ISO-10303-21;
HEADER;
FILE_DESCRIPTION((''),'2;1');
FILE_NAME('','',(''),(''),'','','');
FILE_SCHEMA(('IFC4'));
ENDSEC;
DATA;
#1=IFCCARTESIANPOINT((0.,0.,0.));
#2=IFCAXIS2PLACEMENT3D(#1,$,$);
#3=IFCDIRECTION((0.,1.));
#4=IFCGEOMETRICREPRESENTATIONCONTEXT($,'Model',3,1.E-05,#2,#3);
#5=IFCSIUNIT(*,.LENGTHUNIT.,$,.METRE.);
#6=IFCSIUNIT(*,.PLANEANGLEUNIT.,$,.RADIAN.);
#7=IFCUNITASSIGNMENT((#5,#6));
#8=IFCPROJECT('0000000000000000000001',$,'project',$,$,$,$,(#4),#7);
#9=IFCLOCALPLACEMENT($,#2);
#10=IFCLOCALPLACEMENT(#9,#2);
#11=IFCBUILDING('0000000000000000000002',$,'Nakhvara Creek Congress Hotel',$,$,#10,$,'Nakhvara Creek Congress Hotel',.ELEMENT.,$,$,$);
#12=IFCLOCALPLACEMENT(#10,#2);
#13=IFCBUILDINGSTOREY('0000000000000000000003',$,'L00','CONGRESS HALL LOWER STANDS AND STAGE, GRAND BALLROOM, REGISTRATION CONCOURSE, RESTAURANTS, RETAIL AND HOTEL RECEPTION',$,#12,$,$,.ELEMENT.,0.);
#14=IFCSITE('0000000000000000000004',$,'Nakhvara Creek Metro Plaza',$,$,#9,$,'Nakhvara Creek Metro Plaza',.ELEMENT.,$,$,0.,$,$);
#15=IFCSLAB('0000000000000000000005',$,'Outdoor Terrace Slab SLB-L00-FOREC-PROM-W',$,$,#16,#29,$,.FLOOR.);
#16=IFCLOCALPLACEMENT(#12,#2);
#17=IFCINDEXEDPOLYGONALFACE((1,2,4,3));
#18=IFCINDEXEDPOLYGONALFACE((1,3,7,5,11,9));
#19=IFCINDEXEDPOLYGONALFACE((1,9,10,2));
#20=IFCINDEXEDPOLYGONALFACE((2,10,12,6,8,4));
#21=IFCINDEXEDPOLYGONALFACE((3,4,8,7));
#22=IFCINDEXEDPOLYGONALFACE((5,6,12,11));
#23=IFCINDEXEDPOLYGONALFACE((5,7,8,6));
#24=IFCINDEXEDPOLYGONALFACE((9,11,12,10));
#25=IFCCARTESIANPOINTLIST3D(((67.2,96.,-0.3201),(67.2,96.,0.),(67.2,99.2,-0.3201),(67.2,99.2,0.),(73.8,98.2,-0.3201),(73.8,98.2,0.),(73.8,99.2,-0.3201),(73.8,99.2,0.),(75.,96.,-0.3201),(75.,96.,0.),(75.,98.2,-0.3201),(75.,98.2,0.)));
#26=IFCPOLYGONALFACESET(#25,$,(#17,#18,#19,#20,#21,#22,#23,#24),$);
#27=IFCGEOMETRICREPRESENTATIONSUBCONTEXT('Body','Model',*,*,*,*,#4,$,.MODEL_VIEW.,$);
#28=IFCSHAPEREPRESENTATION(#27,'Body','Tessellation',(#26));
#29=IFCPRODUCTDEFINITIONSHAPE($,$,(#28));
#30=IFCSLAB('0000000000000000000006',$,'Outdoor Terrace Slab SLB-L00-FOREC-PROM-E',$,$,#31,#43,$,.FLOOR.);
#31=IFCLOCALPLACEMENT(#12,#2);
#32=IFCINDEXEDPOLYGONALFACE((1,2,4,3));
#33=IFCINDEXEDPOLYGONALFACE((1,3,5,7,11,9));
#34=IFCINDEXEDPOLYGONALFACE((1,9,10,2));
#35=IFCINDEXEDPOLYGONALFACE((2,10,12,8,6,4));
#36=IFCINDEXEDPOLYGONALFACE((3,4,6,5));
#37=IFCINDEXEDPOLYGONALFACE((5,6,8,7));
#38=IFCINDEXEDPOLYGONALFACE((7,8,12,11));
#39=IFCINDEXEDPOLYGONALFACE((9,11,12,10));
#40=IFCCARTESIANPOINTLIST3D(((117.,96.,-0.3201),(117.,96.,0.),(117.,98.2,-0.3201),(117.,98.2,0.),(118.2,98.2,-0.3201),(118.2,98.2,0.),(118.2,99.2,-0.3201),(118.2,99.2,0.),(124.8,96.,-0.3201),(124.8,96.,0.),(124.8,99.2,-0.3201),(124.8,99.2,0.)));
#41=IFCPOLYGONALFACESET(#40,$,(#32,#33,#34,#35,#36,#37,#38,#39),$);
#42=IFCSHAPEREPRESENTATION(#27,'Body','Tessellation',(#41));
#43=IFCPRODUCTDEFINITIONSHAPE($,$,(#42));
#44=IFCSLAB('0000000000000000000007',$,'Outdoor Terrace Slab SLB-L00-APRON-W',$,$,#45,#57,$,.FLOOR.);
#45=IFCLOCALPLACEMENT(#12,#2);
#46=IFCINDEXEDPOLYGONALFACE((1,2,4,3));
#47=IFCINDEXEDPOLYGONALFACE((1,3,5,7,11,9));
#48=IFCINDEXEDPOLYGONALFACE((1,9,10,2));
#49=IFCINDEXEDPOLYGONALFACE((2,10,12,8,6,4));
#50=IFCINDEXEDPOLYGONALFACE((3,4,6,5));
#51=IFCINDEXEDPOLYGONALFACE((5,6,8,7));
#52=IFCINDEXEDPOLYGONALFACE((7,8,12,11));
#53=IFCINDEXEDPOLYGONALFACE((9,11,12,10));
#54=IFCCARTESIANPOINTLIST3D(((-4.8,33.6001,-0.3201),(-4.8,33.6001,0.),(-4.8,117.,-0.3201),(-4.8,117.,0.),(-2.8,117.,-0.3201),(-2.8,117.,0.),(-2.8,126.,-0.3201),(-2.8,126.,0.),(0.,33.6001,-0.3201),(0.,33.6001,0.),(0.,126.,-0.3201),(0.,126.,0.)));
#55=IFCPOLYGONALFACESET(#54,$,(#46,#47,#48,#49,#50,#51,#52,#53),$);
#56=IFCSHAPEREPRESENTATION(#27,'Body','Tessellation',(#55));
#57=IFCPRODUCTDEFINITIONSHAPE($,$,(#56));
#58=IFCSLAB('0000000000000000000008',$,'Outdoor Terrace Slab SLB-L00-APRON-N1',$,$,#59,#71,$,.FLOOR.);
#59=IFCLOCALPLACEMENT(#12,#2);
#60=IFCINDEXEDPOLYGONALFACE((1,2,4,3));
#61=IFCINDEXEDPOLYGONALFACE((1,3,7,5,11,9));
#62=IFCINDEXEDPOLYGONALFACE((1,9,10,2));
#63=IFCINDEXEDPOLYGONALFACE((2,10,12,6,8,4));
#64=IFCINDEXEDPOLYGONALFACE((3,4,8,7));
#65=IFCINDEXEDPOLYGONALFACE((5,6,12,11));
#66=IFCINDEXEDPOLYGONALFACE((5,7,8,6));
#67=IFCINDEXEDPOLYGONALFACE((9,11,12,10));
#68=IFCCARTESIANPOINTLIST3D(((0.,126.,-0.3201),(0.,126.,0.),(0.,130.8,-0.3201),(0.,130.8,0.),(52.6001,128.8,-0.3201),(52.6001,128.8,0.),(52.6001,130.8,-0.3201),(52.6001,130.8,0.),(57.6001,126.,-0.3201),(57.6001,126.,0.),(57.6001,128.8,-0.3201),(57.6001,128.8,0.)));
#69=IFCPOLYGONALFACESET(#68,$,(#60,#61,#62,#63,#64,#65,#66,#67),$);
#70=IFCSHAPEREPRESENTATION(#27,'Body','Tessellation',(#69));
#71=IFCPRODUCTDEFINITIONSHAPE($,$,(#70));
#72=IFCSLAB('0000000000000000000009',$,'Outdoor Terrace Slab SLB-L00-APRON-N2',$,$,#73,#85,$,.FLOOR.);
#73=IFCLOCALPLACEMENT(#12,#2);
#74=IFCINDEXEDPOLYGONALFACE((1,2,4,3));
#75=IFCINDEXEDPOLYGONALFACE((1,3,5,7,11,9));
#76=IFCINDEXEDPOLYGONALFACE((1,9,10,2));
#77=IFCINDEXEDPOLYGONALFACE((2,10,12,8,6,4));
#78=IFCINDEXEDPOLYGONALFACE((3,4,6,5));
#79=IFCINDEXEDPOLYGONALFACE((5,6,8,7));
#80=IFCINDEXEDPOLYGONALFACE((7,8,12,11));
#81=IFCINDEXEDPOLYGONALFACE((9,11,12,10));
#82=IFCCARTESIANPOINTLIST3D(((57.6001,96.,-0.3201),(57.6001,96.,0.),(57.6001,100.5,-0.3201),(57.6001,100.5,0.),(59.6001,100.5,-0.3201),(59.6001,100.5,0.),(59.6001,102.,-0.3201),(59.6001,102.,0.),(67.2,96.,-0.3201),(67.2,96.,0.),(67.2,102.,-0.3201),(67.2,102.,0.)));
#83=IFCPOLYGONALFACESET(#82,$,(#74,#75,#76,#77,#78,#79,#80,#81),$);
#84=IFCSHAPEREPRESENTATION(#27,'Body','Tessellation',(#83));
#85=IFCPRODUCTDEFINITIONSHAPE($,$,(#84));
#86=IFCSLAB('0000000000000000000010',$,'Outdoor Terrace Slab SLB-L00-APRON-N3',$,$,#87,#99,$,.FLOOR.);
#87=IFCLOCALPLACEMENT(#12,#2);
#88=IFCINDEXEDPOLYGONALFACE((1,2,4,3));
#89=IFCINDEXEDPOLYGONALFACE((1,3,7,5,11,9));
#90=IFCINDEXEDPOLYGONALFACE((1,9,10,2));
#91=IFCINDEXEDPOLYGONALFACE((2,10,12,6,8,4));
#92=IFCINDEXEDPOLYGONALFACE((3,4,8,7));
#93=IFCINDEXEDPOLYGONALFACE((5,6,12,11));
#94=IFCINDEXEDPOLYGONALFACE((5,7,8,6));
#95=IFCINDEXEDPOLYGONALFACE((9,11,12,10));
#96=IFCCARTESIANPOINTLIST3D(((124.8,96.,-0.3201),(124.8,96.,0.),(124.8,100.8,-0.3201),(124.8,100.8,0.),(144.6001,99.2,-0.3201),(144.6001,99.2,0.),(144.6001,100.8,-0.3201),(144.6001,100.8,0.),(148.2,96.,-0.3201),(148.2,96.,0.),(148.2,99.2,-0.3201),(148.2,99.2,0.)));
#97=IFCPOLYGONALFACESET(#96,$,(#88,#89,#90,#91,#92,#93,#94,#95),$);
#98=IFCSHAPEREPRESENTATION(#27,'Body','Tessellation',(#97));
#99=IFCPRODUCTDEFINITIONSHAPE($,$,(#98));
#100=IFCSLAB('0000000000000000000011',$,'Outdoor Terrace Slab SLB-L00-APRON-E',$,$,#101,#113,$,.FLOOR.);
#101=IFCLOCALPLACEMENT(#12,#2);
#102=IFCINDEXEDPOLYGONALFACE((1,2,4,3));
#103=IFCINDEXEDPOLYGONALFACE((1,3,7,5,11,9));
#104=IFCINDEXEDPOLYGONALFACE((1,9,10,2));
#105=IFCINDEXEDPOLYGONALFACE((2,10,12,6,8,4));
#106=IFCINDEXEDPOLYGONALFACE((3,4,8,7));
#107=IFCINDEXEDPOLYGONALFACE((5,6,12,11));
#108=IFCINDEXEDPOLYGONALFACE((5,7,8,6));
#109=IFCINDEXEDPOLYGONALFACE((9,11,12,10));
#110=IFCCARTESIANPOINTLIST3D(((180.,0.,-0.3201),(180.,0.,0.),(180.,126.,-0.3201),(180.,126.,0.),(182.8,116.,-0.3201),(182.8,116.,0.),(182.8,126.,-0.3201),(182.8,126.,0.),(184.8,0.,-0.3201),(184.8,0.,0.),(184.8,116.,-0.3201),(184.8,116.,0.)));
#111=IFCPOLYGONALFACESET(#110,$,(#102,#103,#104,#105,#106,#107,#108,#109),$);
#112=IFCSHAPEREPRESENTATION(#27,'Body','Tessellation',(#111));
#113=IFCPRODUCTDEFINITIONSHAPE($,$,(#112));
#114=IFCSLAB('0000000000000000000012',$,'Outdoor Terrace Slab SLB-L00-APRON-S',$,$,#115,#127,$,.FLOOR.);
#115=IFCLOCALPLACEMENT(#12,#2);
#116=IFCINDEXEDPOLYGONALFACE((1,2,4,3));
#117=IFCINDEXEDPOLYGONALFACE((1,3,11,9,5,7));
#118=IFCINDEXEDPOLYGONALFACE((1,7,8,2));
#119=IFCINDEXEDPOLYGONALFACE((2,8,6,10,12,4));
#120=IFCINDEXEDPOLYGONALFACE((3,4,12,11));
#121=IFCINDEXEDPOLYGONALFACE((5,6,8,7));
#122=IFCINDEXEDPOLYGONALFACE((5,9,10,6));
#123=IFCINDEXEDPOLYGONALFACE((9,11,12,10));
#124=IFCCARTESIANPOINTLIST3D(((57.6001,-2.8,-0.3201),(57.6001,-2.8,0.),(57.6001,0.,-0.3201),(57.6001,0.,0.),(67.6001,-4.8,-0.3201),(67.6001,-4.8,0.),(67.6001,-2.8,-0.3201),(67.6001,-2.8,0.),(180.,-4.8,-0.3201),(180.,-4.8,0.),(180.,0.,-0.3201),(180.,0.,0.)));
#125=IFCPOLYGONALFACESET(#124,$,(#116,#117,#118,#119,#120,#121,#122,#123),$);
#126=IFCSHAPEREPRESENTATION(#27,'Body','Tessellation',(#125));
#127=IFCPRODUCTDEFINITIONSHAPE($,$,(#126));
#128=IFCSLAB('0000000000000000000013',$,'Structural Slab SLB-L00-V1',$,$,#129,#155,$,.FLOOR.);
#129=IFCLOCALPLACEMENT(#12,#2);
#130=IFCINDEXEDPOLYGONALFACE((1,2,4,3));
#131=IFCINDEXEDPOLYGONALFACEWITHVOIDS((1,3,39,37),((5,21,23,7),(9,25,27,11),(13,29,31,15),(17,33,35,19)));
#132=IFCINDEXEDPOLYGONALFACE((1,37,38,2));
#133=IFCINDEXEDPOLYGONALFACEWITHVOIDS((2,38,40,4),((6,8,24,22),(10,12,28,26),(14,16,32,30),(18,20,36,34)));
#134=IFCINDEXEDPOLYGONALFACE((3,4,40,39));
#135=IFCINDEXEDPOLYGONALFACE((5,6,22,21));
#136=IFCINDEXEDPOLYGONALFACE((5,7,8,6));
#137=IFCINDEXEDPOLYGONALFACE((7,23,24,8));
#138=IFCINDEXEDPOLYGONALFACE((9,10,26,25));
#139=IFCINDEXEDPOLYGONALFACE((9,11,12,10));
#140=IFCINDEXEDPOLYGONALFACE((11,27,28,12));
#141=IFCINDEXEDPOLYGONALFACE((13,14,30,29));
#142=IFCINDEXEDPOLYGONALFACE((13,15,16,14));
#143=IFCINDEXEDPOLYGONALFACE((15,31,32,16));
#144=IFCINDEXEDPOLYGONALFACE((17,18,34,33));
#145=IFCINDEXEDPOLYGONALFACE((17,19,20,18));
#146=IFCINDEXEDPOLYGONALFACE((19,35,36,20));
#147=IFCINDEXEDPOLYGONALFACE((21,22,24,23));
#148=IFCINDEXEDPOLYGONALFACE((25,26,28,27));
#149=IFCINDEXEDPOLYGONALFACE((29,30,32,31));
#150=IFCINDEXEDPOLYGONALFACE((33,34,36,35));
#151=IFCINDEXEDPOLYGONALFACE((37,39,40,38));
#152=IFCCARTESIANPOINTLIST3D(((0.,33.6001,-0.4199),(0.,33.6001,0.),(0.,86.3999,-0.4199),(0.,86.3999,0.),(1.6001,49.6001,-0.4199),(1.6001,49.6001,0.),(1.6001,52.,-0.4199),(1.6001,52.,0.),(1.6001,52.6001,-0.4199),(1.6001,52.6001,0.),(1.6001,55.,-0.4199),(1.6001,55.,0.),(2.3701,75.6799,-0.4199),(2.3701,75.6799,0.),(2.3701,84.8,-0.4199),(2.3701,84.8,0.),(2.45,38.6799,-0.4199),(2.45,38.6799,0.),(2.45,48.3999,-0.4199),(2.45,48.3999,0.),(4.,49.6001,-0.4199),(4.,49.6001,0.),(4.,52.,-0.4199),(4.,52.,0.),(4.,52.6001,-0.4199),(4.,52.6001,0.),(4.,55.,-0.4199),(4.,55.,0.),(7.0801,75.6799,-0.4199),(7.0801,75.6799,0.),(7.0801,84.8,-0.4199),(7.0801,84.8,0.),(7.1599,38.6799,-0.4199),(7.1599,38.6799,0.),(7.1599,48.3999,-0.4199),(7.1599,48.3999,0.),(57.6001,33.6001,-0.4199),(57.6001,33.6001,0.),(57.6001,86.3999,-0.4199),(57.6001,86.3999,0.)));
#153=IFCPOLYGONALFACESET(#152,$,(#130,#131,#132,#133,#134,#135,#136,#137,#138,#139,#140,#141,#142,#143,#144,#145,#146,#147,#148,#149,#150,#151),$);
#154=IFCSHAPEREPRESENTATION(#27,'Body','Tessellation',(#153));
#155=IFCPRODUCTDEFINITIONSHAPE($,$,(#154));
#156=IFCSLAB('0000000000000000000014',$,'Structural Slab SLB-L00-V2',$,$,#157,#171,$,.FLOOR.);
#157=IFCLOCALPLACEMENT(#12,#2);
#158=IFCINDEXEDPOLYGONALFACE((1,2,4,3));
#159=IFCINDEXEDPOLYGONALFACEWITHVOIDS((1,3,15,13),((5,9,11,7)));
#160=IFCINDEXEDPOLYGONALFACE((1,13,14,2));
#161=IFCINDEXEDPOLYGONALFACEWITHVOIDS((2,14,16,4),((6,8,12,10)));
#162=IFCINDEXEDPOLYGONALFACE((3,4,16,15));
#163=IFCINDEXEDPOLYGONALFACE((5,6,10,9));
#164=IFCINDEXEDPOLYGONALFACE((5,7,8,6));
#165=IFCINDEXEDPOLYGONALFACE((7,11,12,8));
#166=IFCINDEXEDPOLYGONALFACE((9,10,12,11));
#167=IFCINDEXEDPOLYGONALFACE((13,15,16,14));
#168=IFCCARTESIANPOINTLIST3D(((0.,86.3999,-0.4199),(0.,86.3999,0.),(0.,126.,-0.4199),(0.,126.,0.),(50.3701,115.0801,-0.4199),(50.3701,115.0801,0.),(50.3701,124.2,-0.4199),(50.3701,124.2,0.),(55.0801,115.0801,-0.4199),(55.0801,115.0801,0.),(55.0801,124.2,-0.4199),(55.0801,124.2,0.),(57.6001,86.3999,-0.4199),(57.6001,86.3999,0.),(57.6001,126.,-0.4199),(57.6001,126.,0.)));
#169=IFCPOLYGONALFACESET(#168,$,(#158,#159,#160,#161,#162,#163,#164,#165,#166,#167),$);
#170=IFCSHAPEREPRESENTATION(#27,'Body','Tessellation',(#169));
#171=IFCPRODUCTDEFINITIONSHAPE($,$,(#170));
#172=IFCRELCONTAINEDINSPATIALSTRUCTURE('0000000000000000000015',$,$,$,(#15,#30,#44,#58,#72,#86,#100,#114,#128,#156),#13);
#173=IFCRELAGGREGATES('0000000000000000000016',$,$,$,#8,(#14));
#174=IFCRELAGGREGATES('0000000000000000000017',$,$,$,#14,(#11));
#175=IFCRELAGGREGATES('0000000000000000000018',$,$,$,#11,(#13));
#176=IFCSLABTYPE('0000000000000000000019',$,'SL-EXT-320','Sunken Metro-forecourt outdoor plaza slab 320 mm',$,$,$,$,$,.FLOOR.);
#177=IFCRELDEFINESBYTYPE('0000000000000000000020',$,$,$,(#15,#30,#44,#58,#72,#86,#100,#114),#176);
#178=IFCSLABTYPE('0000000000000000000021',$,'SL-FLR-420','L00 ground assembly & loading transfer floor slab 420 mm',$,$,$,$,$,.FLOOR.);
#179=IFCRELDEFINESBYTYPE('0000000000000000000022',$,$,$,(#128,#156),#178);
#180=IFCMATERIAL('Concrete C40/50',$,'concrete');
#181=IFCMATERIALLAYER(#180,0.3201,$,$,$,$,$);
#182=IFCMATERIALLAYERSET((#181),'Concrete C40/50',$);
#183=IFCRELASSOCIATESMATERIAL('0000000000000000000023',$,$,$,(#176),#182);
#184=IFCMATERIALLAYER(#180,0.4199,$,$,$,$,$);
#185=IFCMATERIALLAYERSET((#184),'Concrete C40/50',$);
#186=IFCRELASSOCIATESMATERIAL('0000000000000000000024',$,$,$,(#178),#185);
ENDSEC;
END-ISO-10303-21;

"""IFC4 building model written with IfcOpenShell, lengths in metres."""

from ifc_helpers import new_model, si_unit, direction, frame, origin, place, context, subcontext, project, spatial, polyline, outline, extrude, material, layer, layer_set, type_object, element, save


model = new_model("IFC4")

# Units and contexts
model_context = context("Model", 3, precision=1e-05, world=origin(), true_north=direction((0.0, 1.0)))
body_context = subcontext(model_context, "Body", "Model", "MODEL_VIEW")
ifc_project = project(units=[si_unit("LENGTHUNIT", "METRE"), si_unit("PLANEANGLEUNIT", "RADIAN")], contexts=[model_context])

# Site, building, storey
site_placement = place(None, origin())
site = spatial("IfcSite", under=ifc_project, at=site_placement, Name="Nakhvara Creek Metro Plaza", LongName="Nakhvara Creek Metro Plaza", CompositionType="ELEMENT", RefElevation=0.0)
building_placement = place(site_placement, origin())
building = spatial("IfcBuilding", under=site, at=building_placement, Name="Nakhvara Creek Congress Hotel", LongName="Nakhvara Creek Congress Hotel", CompositionType="ELEMENT")
storey_placement = place(building_placement, origin())
storey = spatial("IfcBuildingStorey", under=building, at=storey_placement, Name="L00", Description="CONGRESS HALL LOWER STANDS AND STAGE, GRAND BALLROOM, REGISTRATION CONCOURSE, RESTAURANTS, RETAIL AND HOTEL RECEPTION", CompositionType="ELEMENT", Elevation=0.0)

# Slabs
ifc_material_1 = material(Name="Concrete C40/50", Category="concrete")
ifc_layer_1 = layer(ifc_material_1, 0.3201)
ifc_layer_set_1 = layer_set([ifc_layer_1], Name="Concrete C40/50")
slab_type_1 = type_object("IfcSlabType", Name="SL-EXT-320", Description="Sunken Metro-forecourt outdoor plaza slab 320 mm", PredefinedType="FLOOR", material=ifc_layer_set_1)
slab_1_placement = place(storey_placement, frame((0.0, 0.0, -0.3201)))
element("IfcSlab", 1, at=slab_1_placement, inside=storey, type_object=slab_type_1, Name="Outdoor Terrace Slab SLB-L00-FOREC-PROM-W", PredefinedType="FLOOR", context=body_context, shape_type="SweptSolid", body=[
    extrude(outline(polyline([(67.2, 96.0), (75.0, 96.0), (75.0, 98.2), (73.8, 98.2), (73.8, 99.2), (67.2, 99.2), (67.2, 96.0)])), origin(), (0.0, 0.0, 1.0), 0.3201),
])
slab_2_placement = place(storey_placement, frame((0.0, 0.0, -0.3201)))
element("IfcSlab", 2, at=slab_2_placement, inside=storey, type_object=slab_type_1, Name="Outdoor Terrace Slab SLB-L00-FOREC-PROM-E", PredefinedType="FLOOR", context=body_context, shape_type="SweptSolid", body=[
    extrude(outline(polyline([(117.0, 96.0), (124.8, 96.0), (124.8, 99.2), (118.2, 99.2), (118.2, 98.2), (117.0, 98.2), (117.0, 96.0)])), origin(), (0.0, 0.0, 1.0), 0.3201),
])
slab_3_placement = place(storey_placement, frame((0.0, 0.0, -0.3201)))
element("IfcSlab", 3, at=slab_3_placement, inside=storey, type_object=slab_type_1, Name="Outdoor Terrace Slab SLB-L00-APRON-W", PredefinedType="FLOOR", context=body_context, shape_type="SweptSolid", body=[
    extrude(outline(polyline([(-4.8, 33.6001), (0.0, 33.6001), (0.0, 126.0), (-2.8, 126.0), (-2.8, 117.0), (-4.8, 117.0), (-4.8, 33.6001)])), origin(), (0.0, 0.0, 1.0), 0.3201),
])
slab_4_placement = place(storey_placement, frame((0.0, 0.0, -0.3201)))
element("IfcSlab", 4, at=slab_4_placement, inside=storey, type_object=slab_type_1, Name="Outdoor Terrace Slab SLB-L00-APRON-N1", PredefinedType="FLOOR", context=body_context, shape_type="SweptSolid", body=[
    extrude(outline(polyline([(0.0, 126.0), (57.6001, 126.0), (57.6001, 128.8), (52.6001, 128.8), (52.6001, 130.8), (0.0, 130.8), (0.0, 126.0)])), origin(), (0.0, 0.0, 1.0), 0.3201),
])
slab_5_placement = place(storey_placement, frame((0.0, 0.0, -0.3201)))
element("IfcSlab", 5, at=slab_5_placement, inside=storey, type_object=slab_type_1, Name="Outdoor Terrace Slab SLB-L00-APRON-N2", PredefinedType="FLOOR", context=body_context, shape_type="SweptSolid", body=[
    extrude(outline(polyline([(57.6001, 96.0), (67.2, 96.0), (67.2, 102.0), (59.6001, 102.0), (59.6001, 100.5), (57.6001, 100.5), (57.6001, 96.0)])), origin(), (0.0, 0.0, 1.0), 0.3201),
])
slab_6_placement = place(storey_placement, frame((0.0, 0.0, -0.3201)))
element("IfcSlab", 6, at=slab_6_placement, inside=storey, type_object=slab_type_1, Name="Outdoor Terrace Slab SLB-L00-APRON-N3", PredefinedType="FLOOR", context=body_context, shape_type="SweptSolid", body=[
    extrude(outline(polyline([(124.8, 96.0), (148.2, 96.0), (148.2, 99.2), (144.6001, 99.2), (144.6001, 100.8), (124.8, 100.8), (124.8, 96.0)])), origin(), (0.0, 0.0, 1.0), 0.3201),
])
slab_7_placement = place(storey_placement, frame((0.0, 0.0, -0.3201)))
element("IfcSlab", 7, at=slab_7_placement, inside=storey, type_object=slab_type_1, Name="Outdoor Terrace Slab SLB-L00-APRON-E", PredefinedType="FLOOR", context=body_context, shape_type="SweptSolid", body=[
    extrude(outline(polyline([(180.0, 0.0), (184.8, 0.0), (184.8, 116.0), (182.8, 116.0), (182.8, 126.0), (180.0, 126.0), (180.0, 0.0)])), origin(), (0.0, 0.0, 1.0), 0.3201),
])
slab_8_placement = place(storey_placement, frame((0.0, 0.0, -0.3201)))
element("IfcSlab", 8, at=slab_8_placement, inside=storey, type_object=slab_type_1, Name="Outdoor Terrace Slab SLB-L00-APRON-S", PredefinedType="FLOOR", context=body_context, shape_type="SweptSolid", body=[
    extrude(outline(polyline([(67.6001, -4.8), (180.0, -4.8), (180.0, 0.0), (57.6001, 0.0), (57.6001, -2.8), (67.6001, -2.8), (67.6001, -4.8)])), origin(), (0.0, 0.0, 1.0), 0.3201),
])
ifc_layer_2 = layer(ifc_material_1, 0.4199)
ifc_layer_set_2 = layer_set([ifc_layer_2], Name="Concrete C40/50")
slab_type_2 = type_object("IfcSlabType", Name="SL-FLR-420", Description="L00 ground assembly & loading transfer floor slab 420 mm", PredefinedType="FLOOR", material=ifc_layer_set_2)
slab_9_placement = place(storey_placement, frame((0.0, 0.0, -0.4199)))
element("IfcSlab", 9, at=slab_9_placement, inside=storey, type_object=slab_type_2, Name="Structural Slab SLB-L00-V1", PredefinedType="FLOOR", context=body_context, shape_type="SweptSolid", body=[
    extrude(outline(polyline([(0.0, 86.3999), (57.6001, 86.3999), (57.6001, 33.6001), (0.0, 33.6001), (0.0, 86.3999)]), holes=[polyline([(2.45, 48.3999), (2.45, 38.6799), (7.1599, 38.6799), (7.1599, 48.3999), (2.45, 48.3999)]), polyline([(4.0, 52.0), (1.6001, 52.0), (1.6001, 49.6001), (4.0, 49.6001), (4.0, 52.0)]), polyline([(4.0, 55.0), (1.6001, 55.0), (1.6001, 52.6001), (4.0, 52.6001), (4.0, 55.0)]), polyline([(2.3701, 84.8), (2.3701, 75.6799), (7.0801, 75.6799), (7.0801, 84.8), (2.3701, 84.8)])]), origin(), (0.0, 0.0, 1.0), 0.4199),
])
slab_10_placement = place(storey_placement, frame((0.0, 0.0, -0.4199)))
element("IfcSlab", 10, at=slab_10_placement, inside=storey, type_object=slab_type_2, Name="Structural Slab SLB-L00-V2", PredefinedType="FLOOR", context=body_context, shape_type="SweptSolid", body=[
    extrude(outline(polyline([(0.0, 126.0), (57.6001, 126.0), (57.6001, 86.3999), (0.0, 86.3999), (0.0, 126.0)]), holes=[polyline([(55.0801, 115.0801), (55.0801, 124.2), (50.3701, 124.2), (50.3701, 115.0801), (55.0801, 115.0801)])]), origin(), (0.0, 0.0, 1.0), 0.4199),
])

save(model, "model.ifc")
